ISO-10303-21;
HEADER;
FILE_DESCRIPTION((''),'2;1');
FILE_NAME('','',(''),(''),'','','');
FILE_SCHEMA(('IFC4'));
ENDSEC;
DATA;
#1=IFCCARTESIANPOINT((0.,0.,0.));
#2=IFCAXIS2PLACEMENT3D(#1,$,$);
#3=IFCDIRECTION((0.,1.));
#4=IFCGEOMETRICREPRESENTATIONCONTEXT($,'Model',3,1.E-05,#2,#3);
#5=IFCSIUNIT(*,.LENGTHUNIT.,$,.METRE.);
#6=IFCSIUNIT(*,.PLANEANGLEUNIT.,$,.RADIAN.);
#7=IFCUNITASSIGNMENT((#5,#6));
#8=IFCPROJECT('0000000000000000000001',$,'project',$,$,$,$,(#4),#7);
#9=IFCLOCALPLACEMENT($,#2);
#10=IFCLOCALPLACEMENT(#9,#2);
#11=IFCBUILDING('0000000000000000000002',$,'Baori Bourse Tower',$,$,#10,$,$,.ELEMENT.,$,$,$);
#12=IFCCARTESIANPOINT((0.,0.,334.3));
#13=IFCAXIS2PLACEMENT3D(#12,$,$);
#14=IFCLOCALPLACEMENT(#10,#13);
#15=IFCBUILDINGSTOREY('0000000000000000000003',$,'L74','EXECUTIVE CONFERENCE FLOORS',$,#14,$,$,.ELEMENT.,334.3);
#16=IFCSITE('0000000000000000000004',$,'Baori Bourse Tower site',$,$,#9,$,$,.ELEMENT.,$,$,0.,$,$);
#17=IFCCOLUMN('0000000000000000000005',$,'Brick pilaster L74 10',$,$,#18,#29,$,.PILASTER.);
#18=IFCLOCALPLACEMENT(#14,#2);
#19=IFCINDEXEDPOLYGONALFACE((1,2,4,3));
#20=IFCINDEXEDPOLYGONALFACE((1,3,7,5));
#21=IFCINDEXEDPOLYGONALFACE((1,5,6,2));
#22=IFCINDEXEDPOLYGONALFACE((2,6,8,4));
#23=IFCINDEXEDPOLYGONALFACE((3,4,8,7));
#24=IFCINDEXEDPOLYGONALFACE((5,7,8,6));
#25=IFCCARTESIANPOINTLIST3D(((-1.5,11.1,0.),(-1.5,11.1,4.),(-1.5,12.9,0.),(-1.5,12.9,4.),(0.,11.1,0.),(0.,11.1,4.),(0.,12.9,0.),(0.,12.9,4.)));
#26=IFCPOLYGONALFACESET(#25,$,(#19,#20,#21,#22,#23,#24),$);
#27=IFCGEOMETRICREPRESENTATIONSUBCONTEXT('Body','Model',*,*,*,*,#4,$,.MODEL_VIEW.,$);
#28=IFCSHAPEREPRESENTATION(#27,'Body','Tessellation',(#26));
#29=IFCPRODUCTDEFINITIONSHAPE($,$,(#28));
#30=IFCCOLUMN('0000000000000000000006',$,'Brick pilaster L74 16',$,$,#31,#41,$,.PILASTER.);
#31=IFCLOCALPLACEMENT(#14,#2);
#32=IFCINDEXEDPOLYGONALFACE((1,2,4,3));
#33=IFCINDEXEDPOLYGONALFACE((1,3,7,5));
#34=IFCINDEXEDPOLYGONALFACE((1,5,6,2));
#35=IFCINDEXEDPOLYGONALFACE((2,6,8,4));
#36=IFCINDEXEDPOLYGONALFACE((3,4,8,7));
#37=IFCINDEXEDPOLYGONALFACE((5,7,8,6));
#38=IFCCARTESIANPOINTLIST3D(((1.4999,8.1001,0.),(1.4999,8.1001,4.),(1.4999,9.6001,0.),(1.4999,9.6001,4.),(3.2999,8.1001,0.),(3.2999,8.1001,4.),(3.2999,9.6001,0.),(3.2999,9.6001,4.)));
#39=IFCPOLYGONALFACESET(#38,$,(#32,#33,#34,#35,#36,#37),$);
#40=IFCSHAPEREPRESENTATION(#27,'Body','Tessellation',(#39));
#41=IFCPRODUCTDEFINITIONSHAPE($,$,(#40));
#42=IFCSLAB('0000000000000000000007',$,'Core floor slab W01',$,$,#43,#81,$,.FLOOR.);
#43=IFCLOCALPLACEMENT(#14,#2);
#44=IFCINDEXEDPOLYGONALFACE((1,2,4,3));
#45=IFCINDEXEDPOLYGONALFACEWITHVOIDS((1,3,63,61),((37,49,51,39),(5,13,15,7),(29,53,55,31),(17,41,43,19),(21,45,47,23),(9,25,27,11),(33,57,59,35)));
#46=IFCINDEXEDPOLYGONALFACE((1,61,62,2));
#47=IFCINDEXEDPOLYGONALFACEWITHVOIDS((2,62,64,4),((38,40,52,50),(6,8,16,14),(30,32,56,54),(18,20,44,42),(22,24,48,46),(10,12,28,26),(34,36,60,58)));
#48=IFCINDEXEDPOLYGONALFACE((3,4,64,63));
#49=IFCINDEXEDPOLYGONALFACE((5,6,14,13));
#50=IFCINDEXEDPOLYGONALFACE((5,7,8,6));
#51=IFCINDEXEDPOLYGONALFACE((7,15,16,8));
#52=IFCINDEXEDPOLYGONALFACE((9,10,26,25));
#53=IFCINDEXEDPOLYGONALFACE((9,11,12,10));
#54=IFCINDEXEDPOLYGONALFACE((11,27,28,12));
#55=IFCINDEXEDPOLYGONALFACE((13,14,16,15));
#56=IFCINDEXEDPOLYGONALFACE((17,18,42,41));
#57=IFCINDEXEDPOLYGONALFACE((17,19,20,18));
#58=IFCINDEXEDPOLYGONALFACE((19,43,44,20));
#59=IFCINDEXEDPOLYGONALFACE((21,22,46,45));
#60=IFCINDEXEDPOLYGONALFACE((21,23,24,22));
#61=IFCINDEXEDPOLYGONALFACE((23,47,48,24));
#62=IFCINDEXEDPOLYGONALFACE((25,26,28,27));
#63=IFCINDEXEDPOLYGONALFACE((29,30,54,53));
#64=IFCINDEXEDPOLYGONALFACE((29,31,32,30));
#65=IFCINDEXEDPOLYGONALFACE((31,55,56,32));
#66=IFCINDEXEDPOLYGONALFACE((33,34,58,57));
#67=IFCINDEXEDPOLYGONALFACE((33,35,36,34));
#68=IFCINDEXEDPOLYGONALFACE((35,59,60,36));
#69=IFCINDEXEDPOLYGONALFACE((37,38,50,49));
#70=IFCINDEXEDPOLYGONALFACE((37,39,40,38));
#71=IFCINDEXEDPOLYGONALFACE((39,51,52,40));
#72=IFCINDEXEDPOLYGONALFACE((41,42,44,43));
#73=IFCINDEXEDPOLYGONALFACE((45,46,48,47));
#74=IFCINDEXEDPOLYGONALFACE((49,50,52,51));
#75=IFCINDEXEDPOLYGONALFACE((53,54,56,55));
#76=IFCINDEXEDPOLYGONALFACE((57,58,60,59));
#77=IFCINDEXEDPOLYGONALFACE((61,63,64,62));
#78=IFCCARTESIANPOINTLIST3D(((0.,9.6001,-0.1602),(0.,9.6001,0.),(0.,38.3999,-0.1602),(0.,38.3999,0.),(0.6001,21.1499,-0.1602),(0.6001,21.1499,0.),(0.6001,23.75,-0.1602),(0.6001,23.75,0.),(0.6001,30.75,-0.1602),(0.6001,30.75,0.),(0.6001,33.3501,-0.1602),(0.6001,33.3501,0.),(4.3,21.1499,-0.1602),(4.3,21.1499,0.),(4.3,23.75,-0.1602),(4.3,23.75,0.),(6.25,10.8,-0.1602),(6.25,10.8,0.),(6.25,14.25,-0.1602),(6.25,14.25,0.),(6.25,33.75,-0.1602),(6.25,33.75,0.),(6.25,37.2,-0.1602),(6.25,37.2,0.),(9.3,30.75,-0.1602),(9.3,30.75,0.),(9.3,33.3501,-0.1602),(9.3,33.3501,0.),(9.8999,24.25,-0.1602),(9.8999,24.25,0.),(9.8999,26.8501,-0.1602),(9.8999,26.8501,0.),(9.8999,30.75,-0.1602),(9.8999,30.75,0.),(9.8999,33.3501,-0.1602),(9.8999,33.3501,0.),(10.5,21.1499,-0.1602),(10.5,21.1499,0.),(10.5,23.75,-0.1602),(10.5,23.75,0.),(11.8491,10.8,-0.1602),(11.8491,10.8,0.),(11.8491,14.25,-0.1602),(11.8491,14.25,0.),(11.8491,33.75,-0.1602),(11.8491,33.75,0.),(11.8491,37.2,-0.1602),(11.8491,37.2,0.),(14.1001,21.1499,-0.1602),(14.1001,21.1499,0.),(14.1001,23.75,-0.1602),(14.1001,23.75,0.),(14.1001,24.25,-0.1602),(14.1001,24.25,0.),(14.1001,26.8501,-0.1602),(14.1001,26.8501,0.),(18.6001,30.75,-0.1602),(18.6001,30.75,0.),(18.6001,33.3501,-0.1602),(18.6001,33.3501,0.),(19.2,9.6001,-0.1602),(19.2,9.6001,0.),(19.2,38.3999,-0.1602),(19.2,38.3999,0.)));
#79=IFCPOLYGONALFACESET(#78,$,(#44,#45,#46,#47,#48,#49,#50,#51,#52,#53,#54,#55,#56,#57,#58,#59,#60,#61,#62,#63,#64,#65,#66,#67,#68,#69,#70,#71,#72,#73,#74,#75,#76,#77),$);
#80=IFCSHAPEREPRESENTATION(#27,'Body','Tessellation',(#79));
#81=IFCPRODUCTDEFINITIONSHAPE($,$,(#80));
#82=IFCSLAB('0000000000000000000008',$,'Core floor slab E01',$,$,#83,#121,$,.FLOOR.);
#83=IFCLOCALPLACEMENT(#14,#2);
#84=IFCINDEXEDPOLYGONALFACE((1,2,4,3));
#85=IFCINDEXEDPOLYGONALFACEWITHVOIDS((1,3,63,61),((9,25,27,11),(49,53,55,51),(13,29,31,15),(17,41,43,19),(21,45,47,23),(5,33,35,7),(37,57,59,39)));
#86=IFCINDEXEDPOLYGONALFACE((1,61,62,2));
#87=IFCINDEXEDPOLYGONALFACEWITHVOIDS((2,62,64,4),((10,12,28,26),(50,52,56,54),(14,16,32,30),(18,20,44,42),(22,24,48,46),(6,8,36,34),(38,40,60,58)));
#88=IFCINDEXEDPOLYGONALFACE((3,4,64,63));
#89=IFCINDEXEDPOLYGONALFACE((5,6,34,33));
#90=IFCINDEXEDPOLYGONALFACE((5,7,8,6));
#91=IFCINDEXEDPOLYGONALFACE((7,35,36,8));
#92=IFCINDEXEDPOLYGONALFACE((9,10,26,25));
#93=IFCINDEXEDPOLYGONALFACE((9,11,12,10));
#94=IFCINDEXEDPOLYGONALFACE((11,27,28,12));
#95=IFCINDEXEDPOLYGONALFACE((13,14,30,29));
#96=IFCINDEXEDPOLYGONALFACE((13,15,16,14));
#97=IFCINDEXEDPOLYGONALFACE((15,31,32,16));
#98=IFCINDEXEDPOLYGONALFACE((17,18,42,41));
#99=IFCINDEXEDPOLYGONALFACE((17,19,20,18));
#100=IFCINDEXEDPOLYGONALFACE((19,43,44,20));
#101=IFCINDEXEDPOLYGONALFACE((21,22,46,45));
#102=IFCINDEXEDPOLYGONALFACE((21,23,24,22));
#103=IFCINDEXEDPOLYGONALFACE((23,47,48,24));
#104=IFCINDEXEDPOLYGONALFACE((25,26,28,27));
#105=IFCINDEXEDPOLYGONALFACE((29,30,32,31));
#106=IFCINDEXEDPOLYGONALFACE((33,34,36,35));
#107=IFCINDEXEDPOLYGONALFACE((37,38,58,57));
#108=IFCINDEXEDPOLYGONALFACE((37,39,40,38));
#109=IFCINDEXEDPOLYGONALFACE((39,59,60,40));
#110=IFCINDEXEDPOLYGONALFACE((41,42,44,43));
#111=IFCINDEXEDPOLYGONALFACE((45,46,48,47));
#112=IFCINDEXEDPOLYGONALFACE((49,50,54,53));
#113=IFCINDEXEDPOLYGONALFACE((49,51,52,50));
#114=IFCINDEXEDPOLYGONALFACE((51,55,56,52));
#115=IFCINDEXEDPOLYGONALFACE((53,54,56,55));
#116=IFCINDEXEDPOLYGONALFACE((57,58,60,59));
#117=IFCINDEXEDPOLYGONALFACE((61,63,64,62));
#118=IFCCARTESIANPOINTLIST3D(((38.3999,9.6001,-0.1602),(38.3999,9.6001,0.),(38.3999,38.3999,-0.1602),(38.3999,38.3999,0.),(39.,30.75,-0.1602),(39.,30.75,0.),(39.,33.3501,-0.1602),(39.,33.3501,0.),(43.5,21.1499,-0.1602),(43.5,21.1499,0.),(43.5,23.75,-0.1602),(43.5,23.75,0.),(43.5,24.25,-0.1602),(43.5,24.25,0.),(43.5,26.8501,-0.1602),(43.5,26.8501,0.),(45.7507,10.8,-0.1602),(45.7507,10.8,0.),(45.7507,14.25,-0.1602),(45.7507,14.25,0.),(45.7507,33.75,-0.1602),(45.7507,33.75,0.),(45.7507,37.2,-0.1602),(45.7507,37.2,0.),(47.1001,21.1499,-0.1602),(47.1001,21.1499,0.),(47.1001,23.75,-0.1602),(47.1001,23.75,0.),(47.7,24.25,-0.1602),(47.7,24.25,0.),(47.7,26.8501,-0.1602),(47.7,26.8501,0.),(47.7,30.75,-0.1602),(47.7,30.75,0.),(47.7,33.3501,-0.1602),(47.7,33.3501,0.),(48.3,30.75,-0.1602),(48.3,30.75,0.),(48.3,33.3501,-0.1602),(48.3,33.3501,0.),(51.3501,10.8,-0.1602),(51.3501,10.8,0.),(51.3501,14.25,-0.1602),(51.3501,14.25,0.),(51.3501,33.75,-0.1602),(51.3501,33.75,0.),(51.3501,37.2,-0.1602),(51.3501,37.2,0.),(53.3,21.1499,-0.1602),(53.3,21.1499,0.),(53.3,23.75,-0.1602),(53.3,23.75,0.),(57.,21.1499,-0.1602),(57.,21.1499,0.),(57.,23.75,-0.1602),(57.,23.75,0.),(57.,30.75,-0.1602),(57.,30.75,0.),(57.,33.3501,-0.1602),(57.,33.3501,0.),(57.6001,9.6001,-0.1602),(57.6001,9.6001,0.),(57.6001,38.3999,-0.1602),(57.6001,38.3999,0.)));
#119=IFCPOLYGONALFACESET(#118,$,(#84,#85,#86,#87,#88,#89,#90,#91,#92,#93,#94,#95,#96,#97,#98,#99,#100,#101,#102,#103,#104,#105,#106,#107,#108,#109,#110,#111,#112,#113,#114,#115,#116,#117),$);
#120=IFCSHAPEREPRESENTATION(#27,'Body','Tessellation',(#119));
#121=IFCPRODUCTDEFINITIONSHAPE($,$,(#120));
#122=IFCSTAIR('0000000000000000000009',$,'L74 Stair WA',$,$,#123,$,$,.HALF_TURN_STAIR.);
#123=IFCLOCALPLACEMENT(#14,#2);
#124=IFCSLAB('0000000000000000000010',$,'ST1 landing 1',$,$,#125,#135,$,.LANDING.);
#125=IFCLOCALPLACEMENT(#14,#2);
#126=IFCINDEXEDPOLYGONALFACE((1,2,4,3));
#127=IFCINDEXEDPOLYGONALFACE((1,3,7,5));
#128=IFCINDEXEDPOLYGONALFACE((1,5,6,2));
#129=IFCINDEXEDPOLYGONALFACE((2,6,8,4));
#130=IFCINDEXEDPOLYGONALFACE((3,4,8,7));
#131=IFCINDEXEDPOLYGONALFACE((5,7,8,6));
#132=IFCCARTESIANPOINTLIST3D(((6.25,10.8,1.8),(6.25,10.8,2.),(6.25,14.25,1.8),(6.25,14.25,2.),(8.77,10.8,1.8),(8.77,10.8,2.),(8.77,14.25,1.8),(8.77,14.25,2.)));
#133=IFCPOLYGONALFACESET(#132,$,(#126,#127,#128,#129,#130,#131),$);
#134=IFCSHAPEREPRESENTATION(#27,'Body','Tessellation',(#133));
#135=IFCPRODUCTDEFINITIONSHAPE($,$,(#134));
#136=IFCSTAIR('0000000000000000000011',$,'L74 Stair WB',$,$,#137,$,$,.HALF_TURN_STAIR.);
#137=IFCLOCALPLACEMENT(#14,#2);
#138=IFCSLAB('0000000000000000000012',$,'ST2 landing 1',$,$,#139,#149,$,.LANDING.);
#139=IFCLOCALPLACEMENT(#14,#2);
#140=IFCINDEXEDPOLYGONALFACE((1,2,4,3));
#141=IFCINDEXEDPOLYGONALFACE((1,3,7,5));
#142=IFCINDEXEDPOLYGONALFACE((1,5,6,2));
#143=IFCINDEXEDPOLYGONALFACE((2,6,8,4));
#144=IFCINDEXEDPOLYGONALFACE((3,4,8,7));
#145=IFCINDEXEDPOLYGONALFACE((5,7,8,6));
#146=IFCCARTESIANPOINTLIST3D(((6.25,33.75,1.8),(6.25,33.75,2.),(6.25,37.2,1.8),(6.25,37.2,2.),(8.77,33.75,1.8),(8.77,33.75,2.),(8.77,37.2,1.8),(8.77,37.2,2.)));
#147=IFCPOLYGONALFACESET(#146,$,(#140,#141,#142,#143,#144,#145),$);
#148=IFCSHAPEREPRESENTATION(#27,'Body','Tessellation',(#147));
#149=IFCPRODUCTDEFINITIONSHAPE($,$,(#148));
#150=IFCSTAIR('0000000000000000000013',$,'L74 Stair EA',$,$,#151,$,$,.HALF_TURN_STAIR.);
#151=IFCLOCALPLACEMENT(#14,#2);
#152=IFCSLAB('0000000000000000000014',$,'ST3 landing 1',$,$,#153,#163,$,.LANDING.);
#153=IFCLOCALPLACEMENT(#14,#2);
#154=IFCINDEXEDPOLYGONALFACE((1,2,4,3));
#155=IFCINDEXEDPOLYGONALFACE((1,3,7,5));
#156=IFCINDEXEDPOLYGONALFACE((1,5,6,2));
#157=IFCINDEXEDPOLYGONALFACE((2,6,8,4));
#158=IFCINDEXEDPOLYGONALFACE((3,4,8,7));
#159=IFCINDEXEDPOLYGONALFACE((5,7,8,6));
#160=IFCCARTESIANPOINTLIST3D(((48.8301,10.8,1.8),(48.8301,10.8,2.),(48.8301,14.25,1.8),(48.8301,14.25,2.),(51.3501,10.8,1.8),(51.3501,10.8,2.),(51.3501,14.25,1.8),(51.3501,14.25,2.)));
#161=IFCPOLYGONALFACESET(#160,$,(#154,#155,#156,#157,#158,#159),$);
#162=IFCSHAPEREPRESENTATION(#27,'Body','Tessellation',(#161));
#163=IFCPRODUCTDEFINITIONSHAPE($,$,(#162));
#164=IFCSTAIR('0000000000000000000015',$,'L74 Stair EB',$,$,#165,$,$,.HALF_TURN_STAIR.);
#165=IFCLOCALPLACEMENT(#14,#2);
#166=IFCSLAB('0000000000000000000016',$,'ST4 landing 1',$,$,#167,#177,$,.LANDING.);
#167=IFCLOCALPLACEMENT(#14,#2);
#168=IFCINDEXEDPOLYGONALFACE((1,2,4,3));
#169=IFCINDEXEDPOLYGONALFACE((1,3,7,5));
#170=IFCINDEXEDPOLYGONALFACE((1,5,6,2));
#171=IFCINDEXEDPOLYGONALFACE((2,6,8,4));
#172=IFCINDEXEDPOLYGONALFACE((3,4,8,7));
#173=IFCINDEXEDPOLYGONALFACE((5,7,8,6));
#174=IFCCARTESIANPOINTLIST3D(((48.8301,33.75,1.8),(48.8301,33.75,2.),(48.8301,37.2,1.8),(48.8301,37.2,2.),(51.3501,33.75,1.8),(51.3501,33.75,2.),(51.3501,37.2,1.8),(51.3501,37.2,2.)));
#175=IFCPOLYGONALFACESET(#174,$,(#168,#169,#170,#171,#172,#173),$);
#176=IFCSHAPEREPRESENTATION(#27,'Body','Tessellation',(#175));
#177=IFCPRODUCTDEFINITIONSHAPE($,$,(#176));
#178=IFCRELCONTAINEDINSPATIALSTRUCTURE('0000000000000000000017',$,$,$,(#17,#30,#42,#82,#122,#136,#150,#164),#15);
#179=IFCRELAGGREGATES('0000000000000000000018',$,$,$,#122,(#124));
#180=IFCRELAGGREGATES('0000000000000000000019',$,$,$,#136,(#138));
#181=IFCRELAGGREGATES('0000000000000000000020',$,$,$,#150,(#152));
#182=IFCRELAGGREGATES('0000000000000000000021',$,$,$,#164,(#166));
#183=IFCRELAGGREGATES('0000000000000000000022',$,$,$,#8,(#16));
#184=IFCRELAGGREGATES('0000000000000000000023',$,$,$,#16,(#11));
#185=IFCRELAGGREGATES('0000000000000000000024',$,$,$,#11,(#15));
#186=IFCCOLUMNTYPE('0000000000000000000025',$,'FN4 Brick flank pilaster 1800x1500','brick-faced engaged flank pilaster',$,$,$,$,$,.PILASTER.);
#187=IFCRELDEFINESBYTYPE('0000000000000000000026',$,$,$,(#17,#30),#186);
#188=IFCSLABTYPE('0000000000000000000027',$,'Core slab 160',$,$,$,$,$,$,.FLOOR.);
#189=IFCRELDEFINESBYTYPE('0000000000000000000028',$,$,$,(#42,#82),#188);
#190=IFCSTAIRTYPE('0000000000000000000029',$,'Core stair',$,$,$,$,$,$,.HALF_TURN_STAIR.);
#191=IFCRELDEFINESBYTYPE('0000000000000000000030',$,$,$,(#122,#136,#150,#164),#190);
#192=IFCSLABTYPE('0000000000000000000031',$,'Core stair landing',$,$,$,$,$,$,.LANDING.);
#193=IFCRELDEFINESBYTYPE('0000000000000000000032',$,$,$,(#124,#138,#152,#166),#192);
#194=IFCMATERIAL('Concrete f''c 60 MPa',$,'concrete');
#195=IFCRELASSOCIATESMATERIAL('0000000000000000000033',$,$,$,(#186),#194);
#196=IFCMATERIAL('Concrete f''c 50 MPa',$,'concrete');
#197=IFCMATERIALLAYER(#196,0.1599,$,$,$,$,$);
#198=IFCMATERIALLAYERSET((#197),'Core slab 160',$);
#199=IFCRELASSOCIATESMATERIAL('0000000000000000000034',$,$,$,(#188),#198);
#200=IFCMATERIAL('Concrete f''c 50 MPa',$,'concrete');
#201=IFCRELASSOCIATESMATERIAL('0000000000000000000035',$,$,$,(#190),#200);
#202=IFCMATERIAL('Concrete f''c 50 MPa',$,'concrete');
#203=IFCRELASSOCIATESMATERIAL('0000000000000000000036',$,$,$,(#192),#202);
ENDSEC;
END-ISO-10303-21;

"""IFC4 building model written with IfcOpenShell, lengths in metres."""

from ifc_helpers import new_model, si_unit, direction, frame, origin, origin_2d, place, context, subcontext, project, spatial, polyline, rectangle, outline, extrude, material, layer, layer_set, material_profile, profile_set, type_object, element, aggregate, save


model = new_model("IFC4")

# Units and contexts
model_context = context("Model", 3, precision=1e-05, world=origin(), true_north=direction((0.0, 1.0)))
body_context = subcontext(model_context, "Body", "Model", "MODEL_VIEW")
ifc_project = project(units=[si_unit("LENGTHUNIT", "METRE"), si_unit("PLANEANGLEUNIT", "RADIAN")], contexts=[model_context])

# Site, building, storey
site_placement = place(None, origin())
site = spatial("IfcSite", under=ifc_project, at=site_placement, Name="Baori Bourse Tower site", CompositionType="ELEMENT", RefElevation=0.0)
building_placement = place(site_placement, origin())
building = spatial("IfcBuilding", under=site, at=building_placement, Name="Baori Bourse Tower", CompositionType="ELEMENT")
storey_placement = place(building_placement, frame((0.0, 0.0, 334.3)))
storey = spatial("IfcBuildingStorey", under=building, at=storey_placement, Name="L74", Description="EXECUTIVE CONFERENCE FLOORS", CompositionType="ELEMENT", Elevation=334.3)

# Columns
ifc_material_1 = material(Name="Concrete f'c 60 MPa", Category="concrete")
ifc_material_profile = material_profile(ifc_material_1, rectangle(XDim=1.8, YDim=1.5, at=origin_2d()), Name="RC 1800x1500")
ifc_profile_set = profile_set([ifc_material_profile], Name="Concrete f'c 60 MPa")
column_type = type_object("IfcColumnType", Name="FN4 Brick flank pilaster 1800x1500", Description="brick-faced engaged flank pilaster", PredefinedType="PILASTER", material=ifc_profile_set)
for number, where, z_axis, x_axis, name in (
    (1, (-0.75, 12.0, 0.0), (0.0, 0.0, 1.0), (0.0, 1.0, 0.0), "Brick pilaster L74 10"),
    (2, (2.3999, 8.8501, 0.0), (0.0, 0.0, 1.0), (1.0, 0.0, 0.0), "Brick pilaster L74 16"),
):
    element("IfcColumn", number, at=place(storey_placement, frame(where, z_axis=z_axis, x_axis=x_axis)), inside=storey, type_object=column_type, Name=name, PredefinedType="PILASTER", context=body_context, shape_type="SweptSolid", body=[
        extrude(rectangle(XDim=1.8, YDim=1.5, at=origin_2d()), origin(), (0.0, 0.0, 1.0), 4.0),
    ])

# Slabs
ifc_material_2 = material(Name="Concrete f'c 50 MPa", Category="concrete")
ifc_layer_1 = layer(ifc_material_2, 0.1599)
ifc_layer_set_1 = layer_set([ifc_layer_1], Name="Core slab 160")
slab_type_1 = type_object("IfcSlabType", Name="Core slab 160", PredefinedType="FLOOR", material=ifc_layer_set_1)
slab_1_placement = place(storey_placement, frame((0.0, 0.0, -0.1602)))
element("IfcSlab", 3, at=slab_1_placement, inside=storey, type_object=slab_type_1, Name="Core floor slab W01", PredefinedType="FLOOR", context=body_context, shape_type="SweptSolid", body=[
    extrude(outline(polyline([(19.2, 38.3999), (0.0, 38.3999), (0.0, 9.6001), (19.2, 9.6001), (19.2, 38.3999)]), holes=[polyline([(9.8999, 33.3501), (18.6001, 33.3501), (18.6001, 30.75), (9.8999, 30.75), (9.8999, 33.3501)]), polyline([(10.5, 21.1499), (10.5, 23.75), (14.1001, 23.75), (14.1001, 21.1499), (10.5, 21.1499)]), polyline([(14.1001, 24.25), (9.8999, 24.25), (9.8999, 26.8501), (14.1001, 26.8501), (14.1001, 24.25)]), polyline([(6.25, 14.25), (11.8491, 14.25), (11.8491, 10.8), (6.25, 10.8), (6.25, 14.25)]), polyline([(11.8491, 37.2), (11.8491, 33.75), (6.25, 33.75), (6.25, 37.2), (11.8491, 37.2)]), polyline([(0.6001, 30.75), (0.6001, 33.3501), (9.3, 33.3501), (9.3, 30.75), (0.6001, 30.75)]), polyline([(4.3, 23.75), (4.3, 21.1499), (0.6001, 21.1499), (0.6001, 23.75), (4.3, 23.75)])]), origin(), (0.0, 0.0, 1.0), 0.1602),
])
slab_2_placement = place(storey_placement, frame((0.0, 0.0, -0.1602)))
element("IfcSlab", 4, at=slab_2_placement, inside=storey, type_object=slab_type_1, Name="Core floor slab E01", PredefinedType="FLOOR", context=body_context, shape_type="SweptSolid", body=[
    extrude(outline(polyline([(57.6001, 9.6001), (57.6001, 38.3999), (38.3999, 38.3999), (38.3999, 9.6001), (57.6001, 9.6001)]), holes=[polyline([(48.3, 33.3501), (57.0, 33.3501), (57.0, 30.75), (48.3, 30.75), (48.3, 33.3501)]), polyline([(57.0, 21.1499), (53.3, 21.1499), (53.3, 23.75), (57.0, 23.75), (57.0, 21.1499)]), polyline([(45.7507, 14.25), (51.3501, 14.25), (51.3501, 10.8), (45.7507, 10.8), (45.7507, 14.25)]), polyline([(51.3501, 37.2), (51.3501, 33.75), (45.7507, 33.75), (45.7507, 37.2), (51.3501, 37.2)]), polyline([(43.5, 24.25), (43.5, 26.8501), (47.7, 26.8501), (47.7, 24.25), (43.5, 24.25)]), polyline([(47.7, 33.3501), (47.7, 30.75), (39.0, 30.75), (39.0, 33.3501), (47.7, 33.3501)]), polyline([(43.5, 23.75), (47.1001, 23.75), (47.1001, 21.1499), (43.5, 21.1499), (43.5, 23.75)])]), origin(), (0.0, 0.0, 1.0), 0.1602),
])

# Stairs, slabs
ifc_material_3 = material(Name="Concrete f'c 50 MPa", Category="concrete")
stair_type = type_object("IfcStairType", Name="Core stair", PredefinedType="HALF_TURN_STAIR", material=ifc_material_3)
stair_1_placement = place(storey_placement, origin())
stair_1 = element("IfcStair", 5, at=stair_1_placement, inside=storey, type_object=stair_type, Name="L74 Stair WA", PredefinedType="HALF_TURN_STAIR")
ifc_material_4 = material(Name="Concrete f'c 50 MPa", Category="concrete")
slab_type_2 = type_object("IfcSlabType", Name="Core stair landing", PredefinedType="LANDING", material=ifc_material_4)
slab_3_placement = place(storey_placement, frame((0.0, 0.0, 1.8)))
slab_3 = element("IfcSlab", 6, at=slab_3_placement, type_object=slab_type_2, Name="ST1 landing 1", PredefinedType="LANDING", context=body_context, shape_type="SweptSolid", body=[
    extrude(outline(polyline([(8.77, 14.25), (6.25, 14.25), (6.25, 10.8), (8.77, 10.8), (8.77, 14.25)])), origin(), (0.0, 0.0, 1.0), 0.2),
])
aggregate(stair_1, [slab_3])
stair_2_placement = place(storey_placement, origin())
stair_2 = element("IfcStair", 7, at=stair_2_placement, inside=storey, type_object=stair_type, Name="L74 Stair WB", PredefinedType="HALF_TURN_STAIR")
slab_4_placement = place(storey_placement, frame((0.0, 0.0, 1.8)))
slab_4 = element("IfcSlab", 8, at=slab_4_placement, type_object=slab_type_2, Name="ST2 landing 1", PredefinedType="LANDING", context=body_context, shape_type="SweptSolid", body=[
    extrude(outline(polyline([(8.77, 37.2), (6.25, 37.2), (6.25, 33.75), (8.77, 33.75), (8.77, 37.2)])), origin(), (0.0, 0.0, 1.0), 0.2),
])
aggregate(stair_2, [slab_4])
stair_3_placement = place(storey_placement, origin())
stair_3 = element("IfcStair", 9, at=stair_3_placement, inside=storey, type_object=stair_type, Name="L74 Stair EA", PredefinedType="HALF_TURN_STAIR")
slab_5_placement = place(storey_placement, frame((0.0, 0.0, 1.8)))
slab_5 = element("IfcSlab", 10, at=slab_5_placement, type_object=slab_type_2, Name="ST3 landing 1", PredefinedType="LANDING", context=body_context, shape_type="SweptSolid", body=[
    extrude(outline(polyline([(48.8301, 10.8), (51.3501, 10.8), (51.3501, 14.25), (48.8301, 14.25), (48.8301, 10.8)])), origin(), (0.0, 0.0, 1.0), 0.2),
])
aggregate(stair_3, [slab_5])
stair_4_placement = place(storey_placement, origin())
stair_4 = element("IfcStair", 11, at=stair_4_placement, inside=storey, type_object=stair_type, Name="L74 Stair EB", PredefinedType="HALF_TURN_STAIR")
slab_6_placement = place(storey_placement, frame((0.0, 0.0, 1.8)))
slab_6 = element("IfcSlab", 12, at=slab_6_placement, type_object=slab_type_2, Name="ST4 landing 1", PredefinedType="LANDING", context=body_context, shape_type="SweptSolid", body=[
    extrude(outline(polyline([(48.8301, 33.75), (51.3501, 33.75), (51.3501, 37.2), (48.8301, 37.2), (48.8301, 33.75)])), origin(), (0.0, 0.0, 1.0), 0.2),
])
aggregate(stair_4, [slab_6])

save(model, "model.ifc")
